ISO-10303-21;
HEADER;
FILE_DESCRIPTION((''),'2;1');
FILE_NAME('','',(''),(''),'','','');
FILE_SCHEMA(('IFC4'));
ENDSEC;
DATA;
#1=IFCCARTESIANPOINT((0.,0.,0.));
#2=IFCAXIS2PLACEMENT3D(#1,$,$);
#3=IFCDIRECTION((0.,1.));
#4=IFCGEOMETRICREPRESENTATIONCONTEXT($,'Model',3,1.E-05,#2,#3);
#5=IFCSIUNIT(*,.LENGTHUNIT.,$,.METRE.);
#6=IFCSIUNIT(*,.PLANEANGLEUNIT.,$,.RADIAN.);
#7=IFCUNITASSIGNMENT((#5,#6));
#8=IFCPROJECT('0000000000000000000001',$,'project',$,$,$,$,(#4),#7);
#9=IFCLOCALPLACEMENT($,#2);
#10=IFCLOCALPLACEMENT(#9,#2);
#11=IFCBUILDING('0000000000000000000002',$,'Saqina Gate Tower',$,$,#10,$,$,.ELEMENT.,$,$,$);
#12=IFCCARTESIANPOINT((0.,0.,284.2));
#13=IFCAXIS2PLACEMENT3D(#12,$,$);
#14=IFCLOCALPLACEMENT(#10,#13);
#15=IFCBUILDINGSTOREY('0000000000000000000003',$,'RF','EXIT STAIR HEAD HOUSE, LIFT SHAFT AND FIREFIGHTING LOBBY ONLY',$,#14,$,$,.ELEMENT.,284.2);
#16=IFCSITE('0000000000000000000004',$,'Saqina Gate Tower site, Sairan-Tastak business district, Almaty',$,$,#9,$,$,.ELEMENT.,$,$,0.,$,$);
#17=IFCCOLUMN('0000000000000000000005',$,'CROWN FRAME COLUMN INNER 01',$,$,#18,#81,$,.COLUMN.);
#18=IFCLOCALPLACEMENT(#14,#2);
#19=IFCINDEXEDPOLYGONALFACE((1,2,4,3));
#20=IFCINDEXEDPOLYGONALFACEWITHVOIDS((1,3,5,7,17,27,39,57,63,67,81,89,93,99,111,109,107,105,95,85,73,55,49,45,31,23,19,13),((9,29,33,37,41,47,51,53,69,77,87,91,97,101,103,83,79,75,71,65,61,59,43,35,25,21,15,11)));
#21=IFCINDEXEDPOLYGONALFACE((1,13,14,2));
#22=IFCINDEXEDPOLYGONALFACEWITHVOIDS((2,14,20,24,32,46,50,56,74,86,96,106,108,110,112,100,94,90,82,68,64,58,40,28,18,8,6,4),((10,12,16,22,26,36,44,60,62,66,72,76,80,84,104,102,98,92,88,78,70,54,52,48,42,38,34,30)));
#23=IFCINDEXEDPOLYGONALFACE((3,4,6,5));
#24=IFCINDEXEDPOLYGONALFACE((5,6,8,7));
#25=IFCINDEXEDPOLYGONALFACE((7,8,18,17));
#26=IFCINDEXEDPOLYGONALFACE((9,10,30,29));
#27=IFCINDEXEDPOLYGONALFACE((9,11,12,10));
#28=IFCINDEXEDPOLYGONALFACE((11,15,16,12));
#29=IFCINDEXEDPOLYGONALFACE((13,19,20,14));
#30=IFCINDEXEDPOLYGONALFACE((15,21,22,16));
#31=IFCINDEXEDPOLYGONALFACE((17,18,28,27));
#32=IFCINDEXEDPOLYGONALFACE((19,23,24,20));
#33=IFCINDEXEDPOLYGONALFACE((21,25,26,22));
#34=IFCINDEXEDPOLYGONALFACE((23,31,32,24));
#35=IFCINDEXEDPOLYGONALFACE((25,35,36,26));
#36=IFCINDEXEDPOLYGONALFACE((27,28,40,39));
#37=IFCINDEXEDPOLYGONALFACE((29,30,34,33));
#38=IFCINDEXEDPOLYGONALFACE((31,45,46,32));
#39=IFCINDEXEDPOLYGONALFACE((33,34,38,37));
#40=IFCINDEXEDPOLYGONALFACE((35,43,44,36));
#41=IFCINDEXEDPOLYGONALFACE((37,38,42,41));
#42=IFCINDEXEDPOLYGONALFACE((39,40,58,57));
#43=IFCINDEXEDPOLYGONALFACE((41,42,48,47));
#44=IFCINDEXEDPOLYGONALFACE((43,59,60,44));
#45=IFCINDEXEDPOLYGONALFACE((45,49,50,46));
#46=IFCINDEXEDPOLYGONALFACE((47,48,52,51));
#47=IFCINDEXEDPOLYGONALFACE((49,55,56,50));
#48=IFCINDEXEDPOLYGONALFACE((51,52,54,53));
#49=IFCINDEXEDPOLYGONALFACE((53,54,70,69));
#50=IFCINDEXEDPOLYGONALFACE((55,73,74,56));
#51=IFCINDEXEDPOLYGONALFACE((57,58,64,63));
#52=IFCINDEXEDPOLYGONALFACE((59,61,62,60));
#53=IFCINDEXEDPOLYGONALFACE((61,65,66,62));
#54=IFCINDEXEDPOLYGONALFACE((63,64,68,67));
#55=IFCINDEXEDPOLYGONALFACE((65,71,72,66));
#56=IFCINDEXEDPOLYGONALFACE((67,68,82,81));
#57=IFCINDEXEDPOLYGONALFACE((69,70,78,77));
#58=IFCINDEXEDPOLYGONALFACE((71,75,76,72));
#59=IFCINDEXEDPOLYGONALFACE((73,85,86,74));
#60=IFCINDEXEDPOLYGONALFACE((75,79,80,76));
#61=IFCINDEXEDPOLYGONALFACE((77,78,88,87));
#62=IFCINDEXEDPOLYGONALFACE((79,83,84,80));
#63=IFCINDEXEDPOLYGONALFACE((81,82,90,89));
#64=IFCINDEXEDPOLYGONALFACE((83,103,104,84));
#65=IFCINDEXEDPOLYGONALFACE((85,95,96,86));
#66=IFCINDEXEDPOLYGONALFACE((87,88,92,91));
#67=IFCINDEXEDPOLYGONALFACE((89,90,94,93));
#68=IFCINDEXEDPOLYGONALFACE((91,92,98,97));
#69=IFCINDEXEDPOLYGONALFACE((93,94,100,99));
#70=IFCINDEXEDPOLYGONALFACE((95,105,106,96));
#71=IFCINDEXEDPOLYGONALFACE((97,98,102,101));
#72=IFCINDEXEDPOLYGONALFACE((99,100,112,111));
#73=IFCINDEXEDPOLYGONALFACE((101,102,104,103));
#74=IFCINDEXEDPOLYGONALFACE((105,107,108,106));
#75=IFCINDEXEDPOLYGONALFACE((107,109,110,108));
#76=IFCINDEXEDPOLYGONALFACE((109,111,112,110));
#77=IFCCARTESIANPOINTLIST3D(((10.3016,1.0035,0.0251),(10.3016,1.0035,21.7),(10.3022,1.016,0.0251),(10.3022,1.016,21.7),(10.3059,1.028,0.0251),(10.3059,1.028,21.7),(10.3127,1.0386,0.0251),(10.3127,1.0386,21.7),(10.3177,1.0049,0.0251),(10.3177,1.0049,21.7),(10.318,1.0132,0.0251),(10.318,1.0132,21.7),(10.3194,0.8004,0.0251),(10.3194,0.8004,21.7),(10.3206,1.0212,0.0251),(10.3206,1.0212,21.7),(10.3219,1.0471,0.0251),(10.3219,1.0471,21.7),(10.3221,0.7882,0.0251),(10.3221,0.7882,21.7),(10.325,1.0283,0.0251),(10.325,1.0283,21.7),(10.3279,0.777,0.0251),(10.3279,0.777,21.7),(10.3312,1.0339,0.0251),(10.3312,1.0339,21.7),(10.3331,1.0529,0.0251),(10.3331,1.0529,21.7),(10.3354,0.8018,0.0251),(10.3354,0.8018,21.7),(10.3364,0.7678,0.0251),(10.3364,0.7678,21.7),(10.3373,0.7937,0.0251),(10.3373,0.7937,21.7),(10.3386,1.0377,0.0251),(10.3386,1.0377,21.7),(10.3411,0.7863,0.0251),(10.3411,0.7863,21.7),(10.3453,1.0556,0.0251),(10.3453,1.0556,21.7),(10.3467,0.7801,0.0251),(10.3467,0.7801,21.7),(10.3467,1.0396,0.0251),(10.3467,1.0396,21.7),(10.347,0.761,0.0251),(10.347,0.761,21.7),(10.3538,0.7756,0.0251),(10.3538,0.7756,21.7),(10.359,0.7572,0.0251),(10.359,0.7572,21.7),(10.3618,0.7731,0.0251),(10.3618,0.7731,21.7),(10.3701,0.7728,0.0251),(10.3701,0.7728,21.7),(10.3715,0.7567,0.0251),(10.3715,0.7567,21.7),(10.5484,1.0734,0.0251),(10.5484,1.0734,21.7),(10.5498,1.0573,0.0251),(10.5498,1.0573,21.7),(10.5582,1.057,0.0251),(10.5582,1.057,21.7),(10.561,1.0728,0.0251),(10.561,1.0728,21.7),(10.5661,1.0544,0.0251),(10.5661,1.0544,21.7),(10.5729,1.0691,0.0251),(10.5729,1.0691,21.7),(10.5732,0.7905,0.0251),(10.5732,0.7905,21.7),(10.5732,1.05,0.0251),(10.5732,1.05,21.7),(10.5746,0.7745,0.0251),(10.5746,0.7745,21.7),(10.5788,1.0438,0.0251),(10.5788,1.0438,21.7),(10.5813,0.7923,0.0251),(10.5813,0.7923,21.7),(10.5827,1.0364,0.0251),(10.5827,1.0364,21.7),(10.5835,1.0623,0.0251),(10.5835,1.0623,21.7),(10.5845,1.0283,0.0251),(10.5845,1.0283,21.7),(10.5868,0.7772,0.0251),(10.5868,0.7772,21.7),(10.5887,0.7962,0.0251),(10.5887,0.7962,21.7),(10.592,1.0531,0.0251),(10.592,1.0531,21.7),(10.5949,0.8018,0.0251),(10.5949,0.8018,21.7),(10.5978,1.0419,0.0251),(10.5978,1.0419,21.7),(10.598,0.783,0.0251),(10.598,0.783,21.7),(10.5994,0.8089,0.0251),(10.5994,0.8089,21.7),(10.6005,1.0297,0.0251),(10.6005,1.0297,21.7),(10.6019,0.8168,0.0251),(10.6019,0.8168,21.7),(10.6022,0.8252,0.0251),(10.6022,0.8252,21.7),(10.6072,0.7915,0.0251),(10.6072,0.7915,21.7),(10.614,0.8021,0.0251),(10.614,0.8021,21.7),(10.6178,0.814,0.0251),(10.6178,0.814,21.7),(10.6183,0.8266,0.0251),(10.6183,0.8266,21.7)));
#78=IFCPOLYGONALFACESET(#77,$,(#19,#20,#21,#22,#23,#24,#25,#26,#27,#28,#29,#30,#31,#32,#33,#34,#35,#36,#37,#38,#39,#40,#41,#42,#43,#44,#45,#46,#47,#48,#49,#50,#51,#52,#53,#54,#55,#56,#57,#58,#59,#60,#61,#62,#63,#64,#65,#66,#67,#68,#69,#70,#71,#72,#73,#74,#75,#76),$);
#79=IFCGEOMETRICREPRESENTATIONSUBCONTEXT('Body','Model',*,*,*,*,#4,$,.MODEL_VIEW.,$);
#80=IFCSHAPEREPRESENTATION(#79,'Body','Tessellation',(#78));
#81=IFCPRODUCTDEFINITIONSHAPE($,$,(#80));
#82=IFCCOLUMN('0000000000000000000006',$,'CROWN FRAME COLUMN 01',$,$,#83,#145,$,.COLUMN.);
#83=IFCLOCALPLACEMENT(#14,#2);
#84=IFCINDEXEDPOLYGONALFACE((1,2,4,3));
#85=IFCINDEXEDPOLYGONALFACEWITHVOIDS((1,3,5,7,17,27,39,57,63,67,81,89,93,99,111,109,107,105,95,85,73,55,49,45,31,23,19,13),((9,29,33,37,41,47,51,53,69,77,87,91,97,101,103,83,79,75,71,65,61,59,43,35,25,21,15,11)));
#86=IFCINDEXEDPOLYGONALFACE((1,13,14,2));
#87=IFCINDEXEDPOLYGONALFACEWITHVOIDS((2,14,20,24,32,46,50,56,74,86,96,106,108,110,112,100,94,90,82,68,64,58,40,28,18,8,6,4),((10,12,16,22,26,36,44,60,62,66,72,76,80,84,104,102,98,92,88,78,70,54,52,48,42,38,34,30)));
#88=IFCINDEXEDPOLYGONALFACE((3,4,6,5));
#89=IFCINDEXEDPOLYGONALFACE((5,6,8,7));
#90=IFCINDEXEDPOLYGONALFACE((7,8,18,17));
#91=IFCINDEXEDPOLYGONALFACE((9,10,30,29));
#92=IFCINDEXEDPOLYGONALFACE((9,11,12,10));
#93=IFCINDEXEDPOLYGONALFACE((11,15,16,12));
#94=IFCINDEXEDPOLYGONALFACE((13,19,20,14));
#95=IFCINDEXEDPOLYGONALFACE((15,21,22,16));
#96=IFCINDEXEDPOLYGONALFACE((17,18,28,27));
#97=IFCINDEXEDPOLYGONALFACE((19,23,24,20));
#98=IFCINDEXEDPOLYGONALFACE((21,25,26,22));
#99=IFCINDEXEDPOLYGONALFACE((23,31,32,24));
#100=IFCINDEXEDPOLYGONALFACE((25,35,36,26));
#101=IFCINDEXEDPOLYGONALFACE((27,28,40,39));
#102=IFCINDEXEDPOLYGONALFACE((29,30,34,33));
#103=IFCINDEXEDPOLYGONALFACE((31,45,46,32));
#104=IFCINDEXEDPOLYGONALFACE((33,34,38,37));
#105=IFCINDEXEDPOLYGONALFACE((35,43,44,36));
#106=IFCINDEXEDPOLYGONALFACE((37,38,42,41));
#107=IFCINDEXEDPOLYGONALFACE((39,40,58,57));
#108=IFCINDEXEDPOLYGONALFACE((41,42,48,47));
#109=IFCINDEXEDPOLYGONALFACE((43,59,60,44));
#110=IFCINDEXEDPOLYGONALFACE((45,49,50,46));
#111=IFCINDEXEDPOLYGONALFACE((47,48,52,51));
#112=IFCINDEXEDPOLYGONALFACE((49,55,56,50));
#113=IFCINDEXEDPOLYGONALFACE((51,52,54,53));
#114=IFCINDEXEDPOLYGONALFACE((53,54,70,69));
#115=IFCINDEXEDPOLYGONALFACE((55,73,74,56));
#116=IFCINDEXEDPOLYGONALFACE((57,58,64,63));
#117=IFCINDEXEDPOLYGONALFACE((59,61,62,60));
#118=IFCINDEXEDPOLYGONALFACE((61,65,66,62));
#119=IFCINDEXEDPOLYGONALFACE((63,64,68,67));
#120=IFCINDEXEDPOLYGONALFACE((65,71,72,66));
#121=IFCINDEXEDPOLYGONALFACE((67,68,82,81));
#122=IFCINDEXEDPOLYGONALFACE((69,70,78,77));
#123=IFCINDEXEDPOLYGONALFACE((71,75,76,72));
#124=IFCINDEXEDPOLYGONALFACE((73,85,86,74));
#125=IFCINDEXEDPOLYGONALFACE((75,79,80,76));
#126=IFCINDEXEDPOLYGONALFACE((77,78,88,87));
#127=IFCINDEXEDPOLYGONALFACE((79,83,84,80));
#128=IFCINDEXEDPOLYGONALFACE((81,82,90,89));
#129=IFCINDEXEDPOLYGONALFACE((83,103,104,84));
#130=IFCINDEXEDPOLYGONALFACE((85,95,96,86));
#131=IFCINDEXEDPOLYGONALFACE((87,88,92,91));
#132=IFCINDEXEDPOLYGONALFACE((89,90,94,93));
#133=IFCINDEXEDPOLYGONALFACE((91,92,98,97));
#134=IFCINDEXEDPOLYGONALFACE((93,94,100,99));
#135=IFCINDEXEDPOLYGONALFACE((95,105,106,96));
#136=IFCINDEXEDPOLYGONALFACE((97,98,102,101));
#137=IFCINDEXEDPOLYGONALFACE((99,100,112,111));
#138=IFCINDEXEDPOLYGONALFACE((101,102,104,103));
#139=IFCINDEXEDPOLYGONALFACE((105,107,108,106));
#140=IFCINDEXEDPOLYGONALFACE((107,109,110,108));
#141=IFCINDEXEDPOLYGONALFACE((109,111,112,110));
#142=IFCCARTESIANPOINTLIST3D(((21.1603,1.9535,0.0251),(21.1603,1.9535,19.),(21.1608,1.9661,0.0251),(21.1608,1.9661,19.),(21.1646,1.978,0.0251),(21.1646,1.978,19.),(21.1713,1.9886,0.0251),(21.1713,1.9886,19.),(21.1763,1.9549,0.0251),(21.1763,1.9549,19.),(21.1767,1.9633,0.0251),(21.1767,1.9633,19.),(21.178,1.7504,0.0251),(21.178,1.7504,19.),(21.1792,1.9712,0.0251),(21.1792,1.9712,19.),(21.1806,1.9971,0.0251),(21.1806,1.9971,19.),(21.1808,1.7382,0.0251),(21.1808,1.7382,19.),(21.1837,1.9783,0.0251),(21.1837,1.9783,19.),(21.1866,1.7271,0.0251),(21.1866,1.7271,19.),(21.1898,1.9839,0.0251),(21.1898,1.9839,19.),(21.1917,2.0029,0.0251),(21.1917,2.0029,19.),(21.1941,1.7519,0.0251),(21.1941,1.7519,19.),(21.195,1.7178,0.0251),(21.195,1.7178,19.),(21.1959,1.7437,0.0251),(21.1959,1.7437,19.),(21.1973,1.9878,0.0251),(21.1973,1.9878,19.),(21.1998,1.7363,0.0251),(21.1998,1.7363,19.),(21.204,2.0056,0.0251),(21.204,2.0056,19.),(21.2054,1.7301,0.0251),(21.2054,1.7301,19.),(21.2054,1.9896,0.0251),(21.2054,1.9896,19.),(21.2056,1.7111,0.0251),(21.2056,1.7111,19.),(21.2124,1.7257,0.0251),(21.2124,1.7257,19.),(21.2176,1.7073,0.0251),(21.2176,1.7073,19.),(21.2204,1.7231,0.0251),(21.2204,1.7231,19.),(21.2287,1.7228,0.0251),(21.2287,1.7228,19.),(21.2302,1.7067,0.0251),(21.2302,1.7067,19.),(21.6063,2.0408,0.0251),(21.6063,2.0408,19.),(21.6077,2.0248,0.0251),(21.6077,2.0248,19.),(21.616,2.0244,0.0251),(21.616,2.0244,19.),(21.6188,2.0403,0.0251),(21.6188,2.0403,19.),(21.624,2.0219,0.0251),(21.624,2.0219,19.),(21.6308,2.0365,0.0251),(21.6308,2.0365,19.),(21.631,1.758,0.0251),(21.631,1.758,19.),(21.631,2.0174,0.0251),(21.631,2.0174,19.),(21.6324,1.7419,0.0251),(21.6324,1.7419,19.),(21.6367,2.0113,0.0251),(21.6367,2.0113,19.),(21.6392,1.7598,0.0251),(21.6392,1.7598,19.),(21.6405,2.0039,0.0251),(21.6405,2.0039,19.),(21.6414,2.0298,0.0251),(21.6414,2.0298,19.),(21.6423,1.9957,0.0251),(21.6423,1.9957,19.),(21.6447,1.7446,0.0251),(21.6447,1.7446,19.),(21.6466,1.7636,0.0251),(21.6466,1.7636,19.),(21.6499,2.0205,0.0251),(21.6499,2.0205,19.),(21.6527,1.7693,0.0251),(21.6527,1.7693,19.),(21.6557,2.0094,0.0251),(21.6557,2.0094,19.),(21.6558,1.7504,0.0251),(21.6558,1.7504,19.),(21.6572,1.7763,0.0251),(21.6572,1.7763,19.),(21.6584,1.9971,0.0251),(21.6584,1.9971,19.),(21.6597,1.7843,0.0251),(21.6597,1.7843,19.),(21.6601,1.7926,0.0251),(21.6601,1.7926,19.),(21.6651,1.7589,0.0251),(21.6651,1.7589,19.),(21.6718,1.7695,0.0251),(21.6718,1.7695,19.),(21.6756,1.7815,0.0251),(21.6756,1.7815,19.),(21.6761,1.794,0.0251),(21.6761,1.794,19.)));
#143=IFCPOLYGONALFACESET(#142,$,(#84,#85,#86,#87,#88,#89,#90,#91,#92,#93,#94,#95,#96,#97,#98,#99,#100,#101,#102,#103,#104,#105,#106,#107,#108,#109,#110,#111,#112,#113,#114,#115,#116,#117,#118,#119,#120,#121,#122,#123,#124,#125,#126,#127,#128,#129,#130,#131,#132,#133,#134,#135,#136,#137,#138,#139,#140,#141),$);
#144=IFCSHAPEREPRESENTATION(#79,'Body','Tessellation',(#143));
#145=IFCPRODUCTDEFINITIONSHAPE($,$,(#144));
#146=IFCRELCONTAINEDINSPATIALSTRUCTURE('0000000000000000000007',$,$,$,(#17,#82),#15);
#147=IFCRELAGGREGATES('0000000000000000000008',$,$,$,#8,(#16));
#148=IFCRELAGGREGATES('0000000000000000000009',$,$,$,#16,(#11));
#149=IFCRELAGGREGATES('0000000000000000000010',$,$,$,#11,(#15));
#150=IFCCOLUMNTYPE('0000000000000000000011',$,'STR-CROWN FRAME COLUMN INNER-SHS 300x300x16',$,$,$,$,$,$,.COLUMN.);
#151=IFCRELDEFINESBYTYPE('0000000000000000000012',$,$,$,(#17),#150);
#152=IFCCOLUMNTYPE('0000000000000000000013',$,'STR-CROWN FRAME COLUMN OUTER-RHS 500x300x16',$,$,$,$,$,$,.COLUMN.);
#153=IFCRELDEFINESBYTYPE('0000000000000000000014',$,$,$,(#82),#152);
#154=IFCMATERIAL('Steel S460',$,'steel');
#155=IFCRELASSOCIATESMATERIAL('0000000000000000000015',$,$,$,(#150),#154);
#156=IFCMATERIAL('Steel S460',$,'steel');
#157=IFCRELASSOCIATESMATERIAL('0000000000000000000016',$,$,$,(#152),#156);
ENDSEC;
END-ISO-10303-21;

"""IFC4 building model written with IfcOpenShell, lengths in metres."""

from ifc_helpers import new_model, si_unit, direction, frame, origin, origin_2d, place, context, subcontext, project, spatial, hollow_rectangle, extrude, material, material_profile, profile_set, type_object, element, save


model = new_model("IFC4")

# Units and contexts
model_context = context("Model", 3, precision=1e-05, world=origin(), true_north=direction((0.0, 1.0)))
body_context = subcontext(model_context, "Body", "Model", "MODEL_VIEW")
ifc_project = project(units=[si_unit("LENGTHUNIT", "METRE"), si_unit("PLANEANGLEUNIT", "RADIAN")], contexts=[model_context])

# Site, building, storey
site_placement = place(None, origin())
site = spatial("IfcSite", under=ifc_project, at=site_placement, Name="Saqina Gate Tower site, Sairan-Tastak business district, Almaty", CompositionType="ELEMENT", RefElevation=0.0)
building_placement = place(site_placement, origin())
building = spatial("IfcBuilding", under=site, at=building_placement, Name="Saqina Gate Tower", CompositionType="ELEMENT")
storey_placement = place(building_placement, frame((0.0, 0.0, 284.2)))
storey = spatial("IfcBuildingStorey", under=building, at=storey_placement, Name="RF", Description="EXIT STAIR HEAD HOUSE, LIFT SHAFT AND FIREFIGHTING LOBBY ONLY", CompositionType="ELEMENT", Elevation=284.2)

# Columns
ifc_material_1 = material(Name="Steel S460", Category="steel")
ifc_material_profile_1 = material_profile(ifc_material_1, hollow_rectangle(XDim=0.3, YDim=0.3, WallThickness=0.0161, InnerFilletRadius=0.032, OuterFilletRadius=0.0481, at=origin_2d()), Name="SHS 300x300x16")
ifc_profile_set_1 = profile_set([ifc_material_profile_1], Name="Steel S460")
column_type_1 = type_object("IfcColumnType", Name="STR-CROWN FRAME COLUMN INNER-SHS 300x300x16", PredefinedType="COLUMN", material=ifc_profile_set_1)
column_placement = place(storey_placement, frame((10.46, 0.915, 0.0251), z_axis=(0.0, 0.0, 1.0), x_axis=(0.996195, 0.087156, 0.0)))
element("IfcColumn", 1, at=column_placement, inside=storey, type_object=column_type_1, Name="CROWN FRAME COLUMN INNER 01", PredefinedType="COLUMN", context=body_context, shape_type="SweptSolid", body=[
    extrude(hollow_rectangle(XDim=0.3, YDim=0.3, WallThickness=0.0161, InnerFilletRadius=0.032, OuterFilletRadius=0.0481, at=origin_2d()), origin(), (0.0, 0.0, 1.0), 21.6748),
])
ifc_material_2 = material(Name="Steel S460", Category="steel")
ifc_material_profile_2 = material_profile(ifc_material_2, hollow_rectangle(XDim=0.3, YDim=0.5, WallThickness=0.0161, InnerFilletRadius=0.032, OuterFilletRadius=0.0481, at=origin_2d()), Name="RHS 500x300x16")
ifc_profile_set_2 = profile_set([ifc_material_profile_2], Name="Steel S460")
column_type_2 = type_object("IfcColumnType", Name="STR-CROWN FRAME COLUMN OUTER-RHS 500x300x16", PredefinedType="COLUMN", material=ifc_profile_set_2)
for number, where, z_axis, x_axis, name in (
    (2, (21.4182, 1.8738, 0.0251), (0.0, 0.0, 1.0), (-0.087156, 0.996195, 0.0), "CROWN FRAME COLUMN 01"),
):
    element("IfcColumn", number, at=place(storey_placement, frame(where, z_axis=z_axis, x_axis=x_axis)), inside=storey, type_object=column_type_2, Name=name, PredefinedType="COLUMN", context=body_context, shape_type="SweptSolid", body=[
        extrude(hollow_rectangle(XDim=0.3, YDim=0.5, WallThickness=0.0161, InnerFilletRadius=0.032, OuterFilletRadius=0.0481, at=origin_2d()), origin(), (0.0, 0.0, 1.0), 18.9749),
    ])

save(model, "model.ifc")
